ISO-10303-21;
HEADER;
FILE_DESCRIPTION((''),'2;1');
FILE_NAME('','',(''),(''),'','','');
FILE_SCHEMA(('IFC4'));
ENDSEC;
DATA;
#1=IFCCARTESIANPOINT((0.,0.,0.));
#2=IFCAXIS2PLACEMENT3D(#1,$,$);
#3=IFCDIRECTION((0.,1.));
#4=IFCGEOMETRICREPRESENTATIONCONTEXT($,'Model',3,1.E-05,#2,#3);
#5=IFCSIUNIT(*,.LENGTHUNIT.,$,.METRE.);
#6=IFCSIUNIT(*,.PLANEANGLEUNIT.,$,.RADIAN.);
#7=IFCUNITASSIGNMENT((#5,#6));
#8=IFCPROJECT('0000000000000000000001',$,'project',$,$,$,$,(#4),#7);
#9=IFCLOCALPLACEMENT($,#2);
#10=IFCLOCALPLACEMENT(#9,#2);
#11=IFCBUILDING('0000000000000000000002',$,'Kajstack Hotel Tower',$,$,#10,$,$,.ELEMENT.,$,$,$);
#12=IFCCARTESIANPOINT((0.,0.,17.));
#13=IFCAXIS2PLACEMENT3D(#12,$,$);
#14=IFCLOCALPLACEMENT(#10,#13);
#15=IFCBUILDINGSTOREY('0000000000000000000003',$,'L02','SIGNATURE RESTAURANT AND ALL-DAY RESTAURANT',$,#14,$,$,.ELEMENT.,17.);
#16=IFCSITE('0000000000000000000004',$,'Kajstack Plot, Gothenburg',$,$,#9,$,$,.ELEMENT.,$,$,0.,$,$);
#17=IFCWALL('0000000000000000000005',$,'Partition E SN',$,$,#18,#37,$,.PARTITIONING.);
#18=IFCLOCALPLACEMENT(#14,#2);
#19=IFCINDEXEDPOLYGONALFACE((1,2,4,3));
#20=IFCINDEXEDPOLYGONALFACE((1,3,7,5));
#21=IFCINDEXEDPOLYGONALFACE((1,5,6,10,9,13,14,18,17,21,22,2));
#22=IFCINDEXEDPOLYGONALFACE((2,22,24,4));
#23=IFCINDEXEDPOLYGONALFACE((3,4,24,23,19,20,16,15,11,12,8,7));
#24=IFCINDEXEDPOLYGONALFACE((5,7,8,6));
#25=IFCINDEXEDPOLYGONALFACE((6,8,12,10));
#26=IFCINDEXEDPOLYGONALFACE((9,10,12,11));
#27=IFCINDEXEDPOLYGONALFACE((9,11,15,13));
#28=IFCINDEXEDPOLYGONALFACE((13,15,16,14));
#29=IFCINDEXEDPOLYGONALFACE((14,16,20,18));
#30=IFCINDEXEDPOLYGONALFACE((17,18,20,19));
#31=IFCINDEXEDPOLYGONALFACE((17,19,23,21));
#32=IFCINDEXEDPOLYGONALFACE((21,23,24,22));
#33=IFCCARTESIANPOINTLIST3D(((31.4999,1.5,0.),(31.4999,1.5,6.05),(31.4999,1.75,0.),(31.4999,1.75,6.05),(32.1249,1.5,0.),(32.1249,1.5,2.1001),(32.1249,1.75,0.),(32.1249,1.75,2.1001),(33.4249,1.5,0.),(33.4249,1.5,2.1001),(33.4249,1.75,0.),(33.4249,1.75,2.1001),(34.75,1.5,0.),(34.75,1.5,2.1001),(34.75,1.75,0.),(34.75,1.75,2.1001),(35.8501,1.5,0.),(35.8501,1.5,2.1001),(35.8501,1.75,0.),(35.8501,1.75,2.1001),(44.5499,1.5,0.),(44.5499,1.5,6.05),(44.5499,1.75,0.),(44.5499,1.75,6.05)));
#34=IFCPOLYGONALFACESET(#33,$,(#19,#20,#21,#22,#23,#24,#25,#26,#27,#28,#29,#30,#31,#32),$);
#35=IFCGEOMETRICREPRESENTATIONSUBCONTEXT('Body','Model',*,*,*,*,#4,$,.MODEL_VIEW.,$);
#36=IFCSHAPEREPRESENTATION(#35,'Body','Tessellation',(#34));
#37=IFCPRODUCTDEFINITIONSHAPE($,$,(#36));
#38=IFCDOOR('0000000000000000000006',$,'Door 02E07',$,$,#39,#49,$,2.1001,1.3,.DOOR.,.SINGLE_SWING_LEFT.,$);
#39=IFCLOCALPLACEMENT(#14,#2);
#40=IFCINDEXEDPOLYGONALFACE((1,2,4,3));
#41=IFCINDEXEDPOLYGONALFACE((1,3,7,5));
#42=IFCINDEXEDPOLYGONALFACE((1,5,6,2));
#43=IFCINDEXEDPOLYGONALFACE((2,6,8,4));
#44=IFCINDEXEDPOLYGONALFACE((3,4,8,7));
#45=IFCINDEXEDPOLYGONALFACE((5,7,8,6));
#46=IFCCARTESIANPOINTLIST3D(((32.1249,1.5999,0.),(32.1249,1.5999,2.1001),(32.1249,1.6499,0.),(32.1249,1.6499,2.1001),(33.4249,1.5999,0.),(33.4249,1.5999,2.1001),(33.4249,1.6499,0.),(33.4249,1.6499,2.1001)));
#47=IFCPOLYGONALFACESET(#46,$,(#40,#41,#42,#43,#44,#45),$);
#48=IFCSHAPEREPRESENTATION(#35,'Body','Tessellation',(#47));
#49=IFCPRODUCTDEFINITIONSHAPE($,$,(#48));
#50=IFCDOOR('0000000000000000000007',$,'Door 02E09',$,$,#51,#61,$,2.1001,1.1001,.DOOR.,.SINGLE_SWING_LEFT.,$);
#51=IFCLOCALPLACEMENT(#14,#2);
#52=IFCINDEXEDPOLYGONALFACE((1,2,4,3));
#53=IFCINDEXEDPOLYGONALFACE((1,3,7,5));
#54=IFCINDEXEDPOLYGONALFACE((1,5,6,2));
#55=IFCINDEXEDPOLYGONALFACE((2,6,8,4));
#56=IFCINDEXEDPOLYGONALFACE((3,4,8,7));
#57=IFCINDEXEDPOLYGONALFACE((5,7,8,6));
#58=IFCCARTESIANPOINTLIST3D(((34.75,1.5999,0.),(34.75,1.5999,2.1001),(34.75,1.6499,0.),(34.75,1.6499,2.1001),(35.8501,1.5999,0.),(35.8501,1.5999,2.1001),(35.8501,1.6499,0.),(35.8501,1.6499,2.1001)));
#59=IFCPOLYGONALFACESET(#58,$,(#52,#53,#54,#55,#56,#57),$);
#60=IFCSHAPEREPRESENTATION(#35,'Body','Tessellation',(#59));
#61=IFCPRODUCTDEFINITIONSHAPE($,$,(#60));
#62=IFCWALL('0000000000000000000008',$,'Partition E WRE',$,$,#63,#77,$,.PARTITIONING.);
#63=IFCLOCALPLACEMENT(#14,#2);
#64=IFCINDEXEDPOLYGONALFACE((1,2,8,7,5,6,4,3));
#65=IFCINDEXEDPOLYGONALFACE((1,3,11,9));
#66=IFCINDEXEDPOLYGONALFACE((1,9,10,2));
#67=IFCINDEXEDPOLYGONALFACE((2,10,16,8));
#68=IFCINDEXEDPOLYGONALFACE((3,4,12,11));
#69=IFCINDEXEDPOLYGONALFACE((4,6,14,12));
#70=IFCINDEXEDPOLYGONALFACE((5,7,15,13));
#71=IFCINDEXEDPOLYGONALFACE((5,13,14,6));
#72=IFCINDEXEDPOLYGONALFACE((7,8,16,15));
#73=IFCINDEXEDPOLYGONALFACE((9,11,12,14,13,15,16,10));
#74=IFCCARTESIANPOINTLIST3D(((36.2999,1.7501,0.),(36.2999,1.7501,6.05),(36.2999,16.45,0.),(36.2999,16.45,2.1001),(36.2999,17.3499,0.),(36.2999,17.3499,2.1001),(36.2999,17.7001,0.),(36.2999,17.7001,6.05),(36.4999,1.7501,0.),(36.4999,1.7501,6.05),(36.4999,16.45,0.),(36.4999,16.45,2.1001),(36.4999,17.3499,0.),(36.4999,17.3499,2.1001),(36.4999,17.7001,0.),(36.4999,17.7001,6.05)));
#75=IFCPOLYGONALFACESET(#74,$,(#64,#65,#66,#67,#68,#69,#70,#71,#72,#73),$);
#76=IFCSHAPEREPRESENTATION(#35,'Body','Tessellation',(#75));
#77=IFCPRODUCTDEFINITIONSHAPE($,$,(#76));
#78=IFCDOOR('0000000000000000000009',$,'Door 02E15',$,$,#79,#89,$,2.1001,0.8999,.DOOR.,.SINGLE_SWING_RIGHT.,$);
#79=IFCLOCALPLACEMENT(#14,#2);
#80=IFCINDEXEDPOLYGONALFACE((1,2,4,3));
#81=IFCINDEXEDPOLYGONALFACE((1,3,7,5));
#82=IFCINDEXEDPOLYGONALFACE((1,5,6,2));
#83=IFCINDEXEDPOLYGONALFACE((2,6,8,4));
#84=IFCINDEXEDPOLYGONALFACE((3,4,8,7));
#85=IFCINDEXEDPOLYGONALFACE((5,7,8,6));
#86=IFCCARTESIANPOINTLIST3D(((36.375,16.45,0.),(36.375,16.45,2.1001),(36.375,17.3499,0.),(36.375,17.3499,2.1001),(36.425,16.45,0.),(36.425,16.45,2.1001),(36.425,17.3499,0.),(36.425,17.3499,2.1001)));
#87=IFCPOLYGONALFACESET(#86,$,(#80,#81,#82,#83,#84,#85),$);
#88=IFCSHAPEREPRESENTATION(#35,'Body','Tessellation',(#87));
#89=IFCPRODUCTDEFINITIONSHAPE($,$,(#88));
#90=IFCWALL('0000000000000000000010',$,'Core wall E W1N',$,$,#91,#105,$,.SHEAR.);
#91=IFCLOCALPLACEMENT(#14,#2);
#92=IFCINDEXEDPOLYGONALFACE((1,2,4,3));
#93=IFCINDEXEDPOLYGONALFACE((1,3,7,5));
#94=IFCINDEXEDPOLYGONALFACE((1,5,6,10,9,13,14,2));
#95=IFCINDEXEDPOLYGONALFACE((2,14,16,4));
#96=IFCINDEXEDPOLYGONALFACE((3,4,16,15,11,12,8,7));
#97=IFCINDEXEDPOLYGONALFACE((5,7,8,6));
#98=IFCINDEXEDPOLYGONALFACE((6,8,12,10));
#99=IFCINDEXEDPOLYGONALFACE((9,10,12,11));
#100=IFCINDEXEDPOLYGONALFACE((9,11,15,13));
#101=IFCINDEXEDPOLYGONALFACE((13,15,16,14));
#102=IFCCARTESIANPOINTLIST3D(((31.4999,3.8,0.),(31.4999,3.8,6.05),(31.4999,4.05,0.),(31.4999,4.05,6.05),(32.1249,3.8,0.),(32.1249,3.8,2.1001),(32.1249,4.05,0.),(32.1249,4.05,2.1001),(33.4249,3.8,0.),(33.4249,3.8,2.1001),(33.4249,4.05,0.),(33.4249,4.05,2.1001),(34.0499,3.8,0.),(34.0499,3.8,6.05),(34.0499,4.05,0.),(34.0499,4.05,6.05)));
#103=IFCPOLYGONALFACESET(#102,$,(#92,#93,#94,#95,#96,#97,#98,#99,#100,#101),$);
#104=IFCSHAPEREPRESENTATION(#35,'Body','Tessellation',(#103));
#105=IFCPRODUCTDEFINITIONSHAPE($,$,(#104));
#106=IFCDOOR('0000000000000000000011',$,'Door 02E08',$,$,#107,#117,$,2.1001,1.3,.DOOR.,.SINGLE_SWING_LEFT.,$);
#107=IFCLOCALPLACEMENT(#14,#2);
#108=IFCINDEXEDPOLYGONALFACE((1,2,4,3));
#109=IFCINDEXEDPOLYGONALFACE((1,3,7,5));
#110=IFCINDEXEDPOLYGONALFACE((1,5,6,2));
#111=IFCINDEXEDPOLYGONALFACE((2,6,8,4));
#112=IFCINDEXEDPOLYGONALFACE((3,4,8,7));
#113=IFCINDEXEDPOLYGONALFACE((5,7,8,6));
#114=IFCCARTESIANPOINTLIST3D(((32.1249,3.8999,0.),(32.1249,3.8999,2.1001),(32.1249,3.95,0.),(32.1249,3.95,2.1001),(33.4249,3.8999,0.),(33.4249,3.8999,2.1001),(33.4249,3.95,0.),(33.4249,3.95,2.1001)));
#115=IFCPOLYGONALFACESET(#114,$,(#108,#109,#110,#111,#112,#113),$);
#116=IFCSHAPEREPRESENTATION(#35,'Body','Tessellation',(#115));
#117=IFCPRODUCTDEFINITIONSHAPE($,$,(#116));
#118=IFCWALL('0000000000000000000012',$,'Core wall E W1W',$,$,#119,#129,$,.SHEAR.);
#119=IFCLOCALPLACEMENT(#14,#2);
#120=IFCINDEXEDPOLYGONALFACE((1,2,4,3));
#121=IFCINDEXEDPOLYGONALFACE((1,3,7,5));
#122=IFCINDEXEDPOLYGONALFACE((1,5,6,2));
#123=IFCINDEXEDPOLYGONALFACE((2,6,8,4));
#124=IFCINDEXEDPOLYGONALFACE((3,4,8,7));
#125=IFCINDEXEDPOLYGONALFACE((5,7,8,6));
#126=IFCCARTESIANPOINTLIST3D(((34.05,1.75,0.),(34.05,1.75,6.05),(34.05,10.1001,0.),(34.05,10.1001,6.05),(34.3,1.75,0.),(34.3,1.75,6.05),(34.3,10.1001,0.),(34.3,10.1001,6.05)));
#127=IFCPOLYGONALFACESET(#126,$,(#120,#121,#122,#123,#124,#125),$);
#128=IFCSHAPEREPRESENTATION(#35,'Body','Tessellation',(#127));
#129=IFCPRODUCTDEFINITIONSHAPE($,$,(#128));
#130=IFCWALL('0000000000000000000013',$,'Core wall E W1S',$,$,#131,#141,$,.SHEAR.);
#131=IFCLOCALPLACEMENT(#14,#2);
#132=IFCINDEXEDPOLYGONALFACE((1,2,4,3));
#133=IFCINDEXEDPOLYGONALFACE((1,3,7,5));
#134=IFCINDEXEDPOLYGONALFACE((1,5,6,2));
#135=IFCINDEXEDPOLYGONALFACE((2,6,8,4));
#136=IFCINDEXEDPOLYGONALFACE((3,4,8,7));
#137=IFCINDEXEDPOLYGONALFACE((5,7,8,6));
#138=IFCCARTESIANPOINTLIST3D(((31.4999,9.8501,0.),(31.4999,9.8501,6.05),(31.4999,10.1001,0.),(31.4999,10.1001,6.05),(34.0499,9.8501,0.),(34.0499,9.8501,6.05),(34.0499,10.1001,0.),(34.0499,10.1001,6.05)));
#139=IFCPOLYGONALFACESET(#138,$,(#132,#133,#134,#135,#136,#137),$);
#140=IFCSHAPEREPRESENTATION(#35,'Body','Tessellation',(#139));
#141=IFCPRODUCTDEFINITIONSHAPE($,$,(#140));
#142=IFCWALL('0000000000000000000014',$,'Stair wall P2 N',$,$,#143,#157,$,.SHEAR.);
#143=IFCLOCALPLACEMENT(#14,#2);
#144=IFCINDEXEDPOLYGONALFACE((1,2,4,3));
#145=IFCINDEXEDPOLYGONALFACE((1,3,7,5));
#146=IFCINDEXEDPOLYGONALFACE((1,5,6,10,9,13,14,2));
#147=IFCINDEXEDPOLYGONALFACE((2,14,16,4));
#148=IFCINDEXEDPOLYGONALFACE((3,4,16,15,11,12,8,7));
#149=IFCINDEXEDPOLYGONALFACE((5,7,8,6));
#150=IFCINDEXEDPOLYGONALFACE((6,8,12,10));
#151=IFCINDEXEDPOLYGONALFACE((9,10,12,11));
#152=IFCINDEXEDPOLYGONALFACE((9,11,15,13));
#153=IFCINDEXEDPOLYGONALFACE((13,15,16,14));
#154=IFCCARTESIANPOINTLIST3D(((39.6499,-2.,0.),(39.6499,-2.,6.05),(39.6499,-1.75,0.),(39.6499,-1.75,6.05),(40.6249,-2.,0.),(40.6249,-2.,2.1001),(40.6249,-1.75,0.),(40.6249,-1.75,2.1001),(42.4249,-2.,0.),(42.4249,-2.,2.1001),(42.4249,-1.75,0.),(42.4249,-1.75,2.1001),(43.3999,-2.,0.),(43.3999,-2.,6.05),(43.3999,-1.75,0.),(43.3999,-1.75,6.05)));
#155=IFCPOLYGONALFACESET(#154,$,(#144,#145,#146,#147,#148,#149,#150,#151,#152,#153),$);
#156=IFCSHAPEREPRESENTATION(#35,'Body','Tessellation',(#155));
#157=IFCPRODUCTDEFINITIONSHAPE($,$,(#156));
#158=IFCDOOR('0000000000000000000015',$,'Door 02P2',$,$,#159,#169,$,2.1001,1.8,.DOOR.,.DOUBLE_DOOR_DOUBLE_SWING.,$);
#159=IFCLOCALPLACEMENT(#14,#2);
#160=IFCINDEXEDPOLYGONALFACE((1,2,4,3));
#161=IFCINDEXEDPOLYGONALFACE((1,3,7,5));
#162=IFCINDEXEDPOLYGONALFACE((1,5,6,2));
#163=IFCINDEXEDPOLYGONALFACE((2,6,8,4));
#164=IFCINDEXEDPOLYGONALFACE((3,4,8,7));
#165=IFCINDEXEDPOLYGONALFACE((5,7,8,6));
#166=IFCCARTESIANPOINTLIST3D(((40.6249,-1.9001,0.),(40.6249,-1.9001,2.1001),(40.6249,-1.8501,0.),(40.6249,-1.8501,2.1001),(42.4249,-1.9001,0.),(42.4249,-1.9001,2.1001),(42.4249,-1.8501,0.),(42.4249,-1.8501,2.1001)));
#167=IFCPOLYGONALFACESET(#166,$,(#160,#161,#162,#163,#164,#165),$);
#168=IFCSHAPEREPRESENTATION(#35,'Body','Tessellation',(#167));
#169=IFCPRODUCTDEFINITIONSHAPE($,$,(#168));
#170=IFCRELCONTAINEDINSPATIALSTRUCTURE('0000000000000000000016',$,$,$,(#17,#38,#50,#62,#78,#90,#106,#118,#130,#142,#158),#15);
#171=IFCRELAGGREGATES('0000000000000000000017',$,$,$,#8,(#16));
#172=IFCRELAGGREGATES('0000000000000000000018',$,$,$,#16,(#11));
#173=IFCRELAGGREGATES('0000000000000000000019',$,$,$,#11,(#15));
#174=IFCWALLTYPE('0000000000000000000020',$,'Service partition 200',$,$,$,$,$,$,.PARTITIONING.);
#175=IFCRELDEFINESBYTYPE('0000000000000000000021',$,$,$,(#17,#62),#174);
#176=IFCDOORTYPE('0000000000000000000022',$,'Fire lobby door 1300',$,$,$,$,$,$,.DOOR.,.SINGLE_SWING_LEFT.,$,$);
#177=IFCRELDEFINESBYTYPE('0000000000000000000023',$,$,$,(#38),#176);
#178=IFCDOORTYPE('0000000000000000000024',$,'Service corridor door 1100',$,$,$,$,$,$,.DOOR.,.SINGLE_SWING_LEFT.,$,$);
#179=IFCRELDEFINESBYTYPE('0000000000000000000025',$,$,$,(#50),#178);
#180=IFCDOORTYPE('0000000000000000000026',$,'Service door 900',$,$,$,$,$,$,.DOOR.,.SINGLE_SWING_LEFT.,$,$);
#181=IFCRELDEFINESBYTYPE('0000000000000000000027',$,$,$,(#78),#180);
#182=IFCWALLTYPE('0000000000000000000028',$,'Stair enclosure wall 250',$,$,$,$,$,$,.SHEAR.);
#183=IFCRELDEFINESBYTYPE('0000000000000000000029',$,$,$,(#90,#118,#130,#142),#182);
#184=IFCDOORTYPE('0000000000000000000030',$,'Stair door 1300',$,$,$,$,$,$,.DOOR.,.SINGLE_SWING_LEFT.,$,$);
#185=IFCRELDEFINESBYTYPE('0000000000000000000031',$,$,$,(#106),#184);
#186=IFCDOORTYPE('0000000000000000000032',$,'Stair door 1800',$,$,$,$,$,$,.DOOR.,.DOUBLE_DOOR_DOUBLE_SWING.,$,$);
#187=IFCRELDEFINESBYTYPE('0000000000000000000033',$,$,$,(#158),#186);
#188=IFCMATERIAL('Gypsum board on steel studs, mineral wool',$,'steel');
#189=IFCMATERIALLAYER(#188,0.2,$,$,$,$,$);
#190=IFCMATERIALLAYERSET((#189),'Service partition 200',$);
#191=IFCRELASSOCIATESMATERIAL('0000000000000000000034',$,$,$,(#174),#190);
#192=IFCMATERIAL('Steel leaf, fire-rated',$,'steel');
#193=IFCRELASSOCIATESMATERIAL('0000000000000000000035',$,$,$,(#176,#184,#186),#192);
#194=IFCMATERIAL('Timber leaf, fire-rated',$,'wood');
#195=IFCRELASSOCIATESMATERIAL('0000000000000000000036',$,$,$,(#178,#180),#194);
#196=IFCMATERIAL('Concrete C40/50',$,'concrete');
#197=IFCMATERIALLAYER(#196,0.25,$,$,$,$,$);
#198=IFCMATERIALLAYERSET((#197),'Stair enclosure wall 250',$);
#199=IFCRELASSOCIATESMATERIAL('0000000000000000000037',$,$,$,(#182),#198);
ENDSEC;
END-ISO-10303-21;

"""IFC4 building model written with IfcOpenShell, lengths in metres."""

from ifc_helpers import new_model, si_unit, direction, frame, frame_2d, origin, place, context, subcontext, project, spatial, rectangle, extrude, material, layer, layer_set, type_object, element, fill, save


model = new_model("IFC4")

# Units and contexts
model_context = context("Model", 3, precision=1e-05, world=origin(), true_north=direction((0.0, 1.0)))
body_context = subcontext(model_context, "Body", "Model", "MODEL_VIEW")
ifc_project = project(units=[si_unit("LENGTHUNIT", "METRE"), si_unit("PLANEANGLEUNIT", "RADIAN")], contexts=[model_context])

# Site, building, storey
site_placement = place(None, origin())
site = spatial("IfcSite", under=ifc_project, at=site_placement, Name="Kajstack Plot, Gothenburg", CompositionType="ELEMENT", RefElevation=0.0)
building_placement = place(site_placement, origin())
building = spatial("IfcBuilding", under=site, at=building_placement, Name="Kajstack Hotel Tower", CompositionType="ELEMENT")
storey_placement = place(building_placement, frame((0.0, 0.0, 17.0)))
storey = spatial("IfcBuildingStorey", under=building, at=storey_placement, Name="L02", Description="SIGNATURE RESTAURANT AND ALL-DAY RESTAURANT", CompositionType="ELEMENT", Elevation=17.0)

# Shared definitions
ifc_material_1 = material(Name="Concrete C40/50", Category="concrete")
ifc_material_2 = material(Name="Gypsum board on steel studs, mineral wool", Category="steel")

# Wall, openings, doors
ifc_layer_1 = layer(ifc_material_2, 0.2)
ifc_layer_set_1 = layer_set([ifc_layer_1], Name="Service partition 200")
wall_type_1 = type_object("IfcWallType", Name="Service partition 200", PredefinedType="PARTITIONING", material=ifc_layer_set_1)
wall_1_placement = place(storey_placement, frame((31.5, 1.625, 0.0), z_axis=(0.0, 0.0, 1.0), x_axis=(1.0, 0.0, 0.0)))
wall_1 = element("IfcWall", 1, at=wall_1_placement, inside=storey, type_object=wall_type_1, Name="Partition E SN", PredefinedType="PARTITIONING", context=body_context, shape_type="SweptSolid", body=[
    extrude(rectangle(XDim=13.05, YDim=0.25, at=frame_2d((6.5249, 0.0))), origin(), (0.0, 0.0, 1.0), 6.05),
])
opening_1_placement = place(wall_1_placement, frame((0.625, 0.0, 0.0)))
opening_1 = element("IfcOpeningElement", 2, at=opening_1_placement, cuts=wall_1, PredefinedType="OPENING", context=body_context, shape_type="SweptSolid", body=[
    extrude(rectangle(XDim=1.3, YDim=2.1001, at=frame_2d((0.6499, 1.05))), frame((0.0, 0.135, 0.0), z_axis=(0.0, -1.0, 0.0), x_axis=(1.0, 0.0, 0.0)), (0.0, 0.0, 1.0), 0.27),
])
opening_2_placement = place(wall_1_placement, frame((3.25, 0.0, 0.0)))
opening_2 = element("IfcOpeningElement", 3, at=opening_2_placement, cuts=wall_1, PredefinedType="OPENING", context=body_context, shape_type="SweptSolid", body=[
    extrude(rectangle(XDim=1.1001, YDim=2.1001, at=frame_2d((0.55, 1.05))), frame((0.0, 0.135, 0.0), z_axis=(0.0, -1.0, 0.0), x_axis=(1.0, 0.0, 0.0)), (0.0, 0.0, 1.0), 0.27),
])
ifc_material_3 = material(Name="Steel leaf, fire-rated", Category="steel")
door_type_1 = type_object("IfcDoorType", Name="Fire lobby door 1300", OperationType="SINGLE_SWING_LEFT", PredefinedType="DOOR", material=ifc_material_3)
door_1_placement = place(opening_1_placement, origin())
door_1 = element("IfcDoor", 4, at=door_1_placement, inside=storey, type_object=door_type_1, Name="Door 02E07", OperationType="SINGLE_SWING_LEFT", OverallHeight=2.1001, OverallWidth=1.3, PredefinedType="DOOR", context=body_context, shape_type="SweptSolid", body=[
    extrude(rectangle(XDim=1.3, YDim=2.1001, at=frame_2d((0.6499, 1.05))), frame((0.0, 0.0249, 0.0), z_axis=(0.0, -1.0, 0.0), x_axis=(1.0, 0.0, 0.0)), (0.0, 0.0, 1.0), 0.05),
])
fill(opening_1, door_1)
ifc_material_4 = material(Name="Timber leaf, fire-rated", Category="wood")
door_type_2 = type_object("IfcDoorType", Name="Service corridor door 1100", OperationType="SINGLE_SWING_LEFT", PredefinedType="DOOR", material=ifc_material_4)
door_2_placement = place(opening_2_placement, origin())
door_2 = element("IfcDoor", 5, at=door_2_placement, inside=storey, type_object=door_type_2, Name="Door 02E09", OperationType="SINGLE_SWING_LEFT", OverallHeight=2.1001, OverallWidth=1.1001, PredefinedType="DOOR", context=body_context, shape_type="SweptSolid", body=[
    extrude(rectangle(XDim=1.1001, YDim=2.1001, at=frame_2d((0.55, 1.05))), frame((0.0, 0.0249, 0.0), z_axis=(0.0, -1.0, 0.0), x_axis=(1.0, 0.0, 0.0)), (0.0, 0.0, 1.0), 0.05),
])
fill(opening_2, door_2)

# Walls, openings, doors
wall_2_placement = place(storey_placement, frame((36.3999, 1.75, 0.0), z_axis=(0.0, 0.0, 1.0), x_axis=(0.0, 1.0, 0.0)))
wall_2 = element("IfcWall", 6, at=wall_2_placement, inside=storey, type_object=wall_type_1, Name="Partition E WRE", PredefinedType="PARTITIONING", context=body_context, shape_type="SweptSolid", body=[
    extrude(rectangle(XDim=15.95, YDim=0.2, at=frame_2d((7.9751, 0.0))), origin(), (0.0, 0.0, 1.0), 6.05),
])
opening_3_placement = place(wall_2_placement, frame((14.7, 0.0, 0.0)))
opening_3 = element("IfcOpeningElement", 7, at=opening_3_placement, cuts=wall_2, PredefinedType="OPENING", context=body_context, shape_type="SweptSolid", body=[
    extrude(rectangle(XDim=0.8999, YDim=2.1001, at=frame_2d((0.45, 1.05))), frame((0.0, 0.1099, 0.0), z_axis=(0.0, -1.0, 0.0), x_axis=(1.0, 0.0, 0.0)), (0.0, 0.0, 1.0), 0.22),
])
door_type_3 = type_object("IfcDoorType", Name="Service door 900", OperationType="SINGLE_SWING_LEFT", PredefinedType="DOOR", material=ifc_material_4)
door_3_placement = place(opening_3_placement, origin())
door_3 = element("IfcDoor", 8, at=door_3_placement, inside=storey, type_object=door_type_3, Name="Door 02E15", OperationType="SINGLE_SWING_RIGHT", OverallHeight=2.1001, OverallWidth=0.8999, PredefinedType="DOOR", context=body_context, shape_type="SweptSolid", body=[
    extrude(rectangle(XDim=0.8999, YDim=2.1001, at=frame_2d((0.45, 1.05))), frame((0.0, 0.0249, 0.0), z_axis=(0.0, -1.0, 0.0), x_axis=(1.0, 0.0, 0.0)), (0.0, 0.0, 1.0), 0.05),
])
fill(opening_3, door_3)
ifc_layer_2 = layer(ifc_material_1, 0.25)
ifc_layer_set_2 = layer_set([ifc_layer_2], Name="Stair enclosure wall 250")
wall_type_2 = type_object("IfcWallType", Name="Stair enclosure wall 250", PredefinedType="SHEAR", material=ifc_layer_set_2)
wall_3_placement = place(storey_placement, frame((31.5, 3.925, 0.0), z_axis=(0.0, 0.0, 1.0), x_axis=(1.0, 0.0, 0.0)))
wall_3 = element("IfcWall", 9, at=wall_3_placement, inside=storey, type_object=wall_type_2, Name="Core wall E W1N", PredefinedType="SHEAR", context=body_context, shape_type="SweptSolid", body=[
    extrude(rectangle(XDim=2.55, YDim=0.25, at=frame_2d((1.2749, 0.0))), origin(), (0.0, 0.0, 1.0), 6.05),
])
opening_4_placement = place(wall_3_placement, frame((0.625, 0.0, 0.0)))
opening_4 = element("IfcOpeningElement", 10, at=opening_4_placement, cuts=wall_3, PredefinedType="OPENING", context=body_context, shape_type="SweptSolid", body=[
    extrude(rectangle(XDim=1.3, YDim=2.1001, at=frame_2d((0.6499, 1.05))), frame((0.0, 0.135, 0.0), z_axis=(0.0, -1.0, 0.0), x_axis=(1.0, 0.0, 0.0)), (0.0, 0.0, 1.0), 0.27),
])
door_type_4 = type_object("IfcDoorType", Name="Stair door 1300", OperationType="SINGLE_SWING_LEFT", PredefinedType="DOOR", material=ifc_material_3)
door_4_placement = place(opening_4_placement, origin())
door_4 = element("IfcDoor", 11, at=door_4_placement, inside=storey, type_object=door_type_4, Name="Door 02E08", OperationType="SINGLE_SWING_LEFT", OverallHeight=2.1001, OverallWidth=1.3, PredefinedType="DOOR", context=body_context, shape_type="SweptSolid", body=[
    extrude(rectangle(XDim=1.3, YDim=2.1001, at=frame_2d((0.6499, 1.05))), frame((0.0, 0.0249, 0.0), z_axis=(0.0, -1.0, 0.0), x_axis=(1.0, 0.0, 0.0)), (0.0, 0.0, 1.0), 0.05),
])
fill(opening_4, door_4)

# Walls
wall_4_placement = place(storey_placement, frame((34.175, 1.75, 0.0), z_axis=(0.0, 0.0, 1.0), x_axis=(0.0, 1.0, 0.0)))
element("IfcWall", 12, at=wall_4_placement, inside=storey, type_object=wall_type_2, Name="Core wall E W1W", PredefinedType="SHEAR", context=body_context, shape_type="SweptSolid", body=[
    extrude(rectangle(XDim=8.3501, YDim=0.25, at=frame_2d((4.175, 0.0))), origin(), (0.0, 0.0, 1.0), 6.05),
])
wall_5_placement = place(storey_placement, frame((31.5, 9.9751, 0.0), z_axis=(0.0, 0.0, 1.0), x_axis=(1.0, 0.0, 0.0)))
element("IfcWall", 13, at=wall_5_placement, inside=storey, type_object=wall_type_2, Name="Core wall E W1S", PredefinedType="SHEAR", context=body_context, shape_type="SweptSolid", body=[
    extrude(rectangle(XDim=2.55, YDim=0.25, at=frame_2d((1.2749, 0.0))), origin(), (0.0, 0.0, 1.0), 6.05),
])

# Wall, opening, door
wall_6_placement = place(storey_placement, frame((39.6499, -1.875, 0.0), z_axis=(0.0, 0.0, 1.0), x_axis=(1.0, 0.0, 0.0)))
wall_6 = element("IfcWall", 14, at=wall_6_placement, inside=storey, type_object=wall_type_2, Name="Stair wall P2 N", PredefinedType="SHEAR", context=body_context, shape_type="SweptSolid", body=[
    extrude(rectangle(XDim=3.75, YDim=0.25, at=frame_2d((1.875, 0.0))), origin(), (0.0, 0.0, 1.0), 6.05),
])
opening_5_placement = place(wall_6_placement, frame((0.9751, 0.0, 0.0)))
opening_5 = element("IfcOpeningElement", 15, at=opening_5_placement, cuts=wall_6, PredefinedType="OPENING", context=body_context, shape_type="SweptSolid", body=[
    extrude(rectangle(XDim=1.8, YDim=2.1001, at=frame_2d((0.8999, 1.05))), frame((0.0, 0.135, 0.0), z_axis=(0.0, -1.0, 0.0), x_axis=(1.0, 0.0, 0.0)), (0.0, 0.0, 1.0), 0.27),
])
door_type_5 = type_object("IfcDoorType", Name="Stair door 1800", OperationType="DOUBLE_DOOR_DOUBLE_SWING", PredefinedType="DOOR", material=ifc_material_3)
door_5_placement = place(opening_5_placement, origin())
door_5 = element("IfcDoor", 16, at=door_5_placement, inside=storey, type_object=door_type_5, Name="Door 02P2", OperationType="DOUBLE_DOOR_DOUBLE_SWING", OverallHeight=2.1001, OverallWidth=1.8, PredefinedType="DOOR", context=body_context, shape_type="SweptSolid", body=[
    extrude(rectangle(XDim=1.8, YDim=2.1001, at=frame_2d((0.8999, 1.05))), frame((0.0, 0.0249, 0.0), z_axis=(0.0, -1.0, 0.0), x_axis=(1.0, 0.0, 0.0)), (0.0, 0.0, 1.0), 0.05),
])
fill(opening_5, door_5)

save(model, "model.ifc")
